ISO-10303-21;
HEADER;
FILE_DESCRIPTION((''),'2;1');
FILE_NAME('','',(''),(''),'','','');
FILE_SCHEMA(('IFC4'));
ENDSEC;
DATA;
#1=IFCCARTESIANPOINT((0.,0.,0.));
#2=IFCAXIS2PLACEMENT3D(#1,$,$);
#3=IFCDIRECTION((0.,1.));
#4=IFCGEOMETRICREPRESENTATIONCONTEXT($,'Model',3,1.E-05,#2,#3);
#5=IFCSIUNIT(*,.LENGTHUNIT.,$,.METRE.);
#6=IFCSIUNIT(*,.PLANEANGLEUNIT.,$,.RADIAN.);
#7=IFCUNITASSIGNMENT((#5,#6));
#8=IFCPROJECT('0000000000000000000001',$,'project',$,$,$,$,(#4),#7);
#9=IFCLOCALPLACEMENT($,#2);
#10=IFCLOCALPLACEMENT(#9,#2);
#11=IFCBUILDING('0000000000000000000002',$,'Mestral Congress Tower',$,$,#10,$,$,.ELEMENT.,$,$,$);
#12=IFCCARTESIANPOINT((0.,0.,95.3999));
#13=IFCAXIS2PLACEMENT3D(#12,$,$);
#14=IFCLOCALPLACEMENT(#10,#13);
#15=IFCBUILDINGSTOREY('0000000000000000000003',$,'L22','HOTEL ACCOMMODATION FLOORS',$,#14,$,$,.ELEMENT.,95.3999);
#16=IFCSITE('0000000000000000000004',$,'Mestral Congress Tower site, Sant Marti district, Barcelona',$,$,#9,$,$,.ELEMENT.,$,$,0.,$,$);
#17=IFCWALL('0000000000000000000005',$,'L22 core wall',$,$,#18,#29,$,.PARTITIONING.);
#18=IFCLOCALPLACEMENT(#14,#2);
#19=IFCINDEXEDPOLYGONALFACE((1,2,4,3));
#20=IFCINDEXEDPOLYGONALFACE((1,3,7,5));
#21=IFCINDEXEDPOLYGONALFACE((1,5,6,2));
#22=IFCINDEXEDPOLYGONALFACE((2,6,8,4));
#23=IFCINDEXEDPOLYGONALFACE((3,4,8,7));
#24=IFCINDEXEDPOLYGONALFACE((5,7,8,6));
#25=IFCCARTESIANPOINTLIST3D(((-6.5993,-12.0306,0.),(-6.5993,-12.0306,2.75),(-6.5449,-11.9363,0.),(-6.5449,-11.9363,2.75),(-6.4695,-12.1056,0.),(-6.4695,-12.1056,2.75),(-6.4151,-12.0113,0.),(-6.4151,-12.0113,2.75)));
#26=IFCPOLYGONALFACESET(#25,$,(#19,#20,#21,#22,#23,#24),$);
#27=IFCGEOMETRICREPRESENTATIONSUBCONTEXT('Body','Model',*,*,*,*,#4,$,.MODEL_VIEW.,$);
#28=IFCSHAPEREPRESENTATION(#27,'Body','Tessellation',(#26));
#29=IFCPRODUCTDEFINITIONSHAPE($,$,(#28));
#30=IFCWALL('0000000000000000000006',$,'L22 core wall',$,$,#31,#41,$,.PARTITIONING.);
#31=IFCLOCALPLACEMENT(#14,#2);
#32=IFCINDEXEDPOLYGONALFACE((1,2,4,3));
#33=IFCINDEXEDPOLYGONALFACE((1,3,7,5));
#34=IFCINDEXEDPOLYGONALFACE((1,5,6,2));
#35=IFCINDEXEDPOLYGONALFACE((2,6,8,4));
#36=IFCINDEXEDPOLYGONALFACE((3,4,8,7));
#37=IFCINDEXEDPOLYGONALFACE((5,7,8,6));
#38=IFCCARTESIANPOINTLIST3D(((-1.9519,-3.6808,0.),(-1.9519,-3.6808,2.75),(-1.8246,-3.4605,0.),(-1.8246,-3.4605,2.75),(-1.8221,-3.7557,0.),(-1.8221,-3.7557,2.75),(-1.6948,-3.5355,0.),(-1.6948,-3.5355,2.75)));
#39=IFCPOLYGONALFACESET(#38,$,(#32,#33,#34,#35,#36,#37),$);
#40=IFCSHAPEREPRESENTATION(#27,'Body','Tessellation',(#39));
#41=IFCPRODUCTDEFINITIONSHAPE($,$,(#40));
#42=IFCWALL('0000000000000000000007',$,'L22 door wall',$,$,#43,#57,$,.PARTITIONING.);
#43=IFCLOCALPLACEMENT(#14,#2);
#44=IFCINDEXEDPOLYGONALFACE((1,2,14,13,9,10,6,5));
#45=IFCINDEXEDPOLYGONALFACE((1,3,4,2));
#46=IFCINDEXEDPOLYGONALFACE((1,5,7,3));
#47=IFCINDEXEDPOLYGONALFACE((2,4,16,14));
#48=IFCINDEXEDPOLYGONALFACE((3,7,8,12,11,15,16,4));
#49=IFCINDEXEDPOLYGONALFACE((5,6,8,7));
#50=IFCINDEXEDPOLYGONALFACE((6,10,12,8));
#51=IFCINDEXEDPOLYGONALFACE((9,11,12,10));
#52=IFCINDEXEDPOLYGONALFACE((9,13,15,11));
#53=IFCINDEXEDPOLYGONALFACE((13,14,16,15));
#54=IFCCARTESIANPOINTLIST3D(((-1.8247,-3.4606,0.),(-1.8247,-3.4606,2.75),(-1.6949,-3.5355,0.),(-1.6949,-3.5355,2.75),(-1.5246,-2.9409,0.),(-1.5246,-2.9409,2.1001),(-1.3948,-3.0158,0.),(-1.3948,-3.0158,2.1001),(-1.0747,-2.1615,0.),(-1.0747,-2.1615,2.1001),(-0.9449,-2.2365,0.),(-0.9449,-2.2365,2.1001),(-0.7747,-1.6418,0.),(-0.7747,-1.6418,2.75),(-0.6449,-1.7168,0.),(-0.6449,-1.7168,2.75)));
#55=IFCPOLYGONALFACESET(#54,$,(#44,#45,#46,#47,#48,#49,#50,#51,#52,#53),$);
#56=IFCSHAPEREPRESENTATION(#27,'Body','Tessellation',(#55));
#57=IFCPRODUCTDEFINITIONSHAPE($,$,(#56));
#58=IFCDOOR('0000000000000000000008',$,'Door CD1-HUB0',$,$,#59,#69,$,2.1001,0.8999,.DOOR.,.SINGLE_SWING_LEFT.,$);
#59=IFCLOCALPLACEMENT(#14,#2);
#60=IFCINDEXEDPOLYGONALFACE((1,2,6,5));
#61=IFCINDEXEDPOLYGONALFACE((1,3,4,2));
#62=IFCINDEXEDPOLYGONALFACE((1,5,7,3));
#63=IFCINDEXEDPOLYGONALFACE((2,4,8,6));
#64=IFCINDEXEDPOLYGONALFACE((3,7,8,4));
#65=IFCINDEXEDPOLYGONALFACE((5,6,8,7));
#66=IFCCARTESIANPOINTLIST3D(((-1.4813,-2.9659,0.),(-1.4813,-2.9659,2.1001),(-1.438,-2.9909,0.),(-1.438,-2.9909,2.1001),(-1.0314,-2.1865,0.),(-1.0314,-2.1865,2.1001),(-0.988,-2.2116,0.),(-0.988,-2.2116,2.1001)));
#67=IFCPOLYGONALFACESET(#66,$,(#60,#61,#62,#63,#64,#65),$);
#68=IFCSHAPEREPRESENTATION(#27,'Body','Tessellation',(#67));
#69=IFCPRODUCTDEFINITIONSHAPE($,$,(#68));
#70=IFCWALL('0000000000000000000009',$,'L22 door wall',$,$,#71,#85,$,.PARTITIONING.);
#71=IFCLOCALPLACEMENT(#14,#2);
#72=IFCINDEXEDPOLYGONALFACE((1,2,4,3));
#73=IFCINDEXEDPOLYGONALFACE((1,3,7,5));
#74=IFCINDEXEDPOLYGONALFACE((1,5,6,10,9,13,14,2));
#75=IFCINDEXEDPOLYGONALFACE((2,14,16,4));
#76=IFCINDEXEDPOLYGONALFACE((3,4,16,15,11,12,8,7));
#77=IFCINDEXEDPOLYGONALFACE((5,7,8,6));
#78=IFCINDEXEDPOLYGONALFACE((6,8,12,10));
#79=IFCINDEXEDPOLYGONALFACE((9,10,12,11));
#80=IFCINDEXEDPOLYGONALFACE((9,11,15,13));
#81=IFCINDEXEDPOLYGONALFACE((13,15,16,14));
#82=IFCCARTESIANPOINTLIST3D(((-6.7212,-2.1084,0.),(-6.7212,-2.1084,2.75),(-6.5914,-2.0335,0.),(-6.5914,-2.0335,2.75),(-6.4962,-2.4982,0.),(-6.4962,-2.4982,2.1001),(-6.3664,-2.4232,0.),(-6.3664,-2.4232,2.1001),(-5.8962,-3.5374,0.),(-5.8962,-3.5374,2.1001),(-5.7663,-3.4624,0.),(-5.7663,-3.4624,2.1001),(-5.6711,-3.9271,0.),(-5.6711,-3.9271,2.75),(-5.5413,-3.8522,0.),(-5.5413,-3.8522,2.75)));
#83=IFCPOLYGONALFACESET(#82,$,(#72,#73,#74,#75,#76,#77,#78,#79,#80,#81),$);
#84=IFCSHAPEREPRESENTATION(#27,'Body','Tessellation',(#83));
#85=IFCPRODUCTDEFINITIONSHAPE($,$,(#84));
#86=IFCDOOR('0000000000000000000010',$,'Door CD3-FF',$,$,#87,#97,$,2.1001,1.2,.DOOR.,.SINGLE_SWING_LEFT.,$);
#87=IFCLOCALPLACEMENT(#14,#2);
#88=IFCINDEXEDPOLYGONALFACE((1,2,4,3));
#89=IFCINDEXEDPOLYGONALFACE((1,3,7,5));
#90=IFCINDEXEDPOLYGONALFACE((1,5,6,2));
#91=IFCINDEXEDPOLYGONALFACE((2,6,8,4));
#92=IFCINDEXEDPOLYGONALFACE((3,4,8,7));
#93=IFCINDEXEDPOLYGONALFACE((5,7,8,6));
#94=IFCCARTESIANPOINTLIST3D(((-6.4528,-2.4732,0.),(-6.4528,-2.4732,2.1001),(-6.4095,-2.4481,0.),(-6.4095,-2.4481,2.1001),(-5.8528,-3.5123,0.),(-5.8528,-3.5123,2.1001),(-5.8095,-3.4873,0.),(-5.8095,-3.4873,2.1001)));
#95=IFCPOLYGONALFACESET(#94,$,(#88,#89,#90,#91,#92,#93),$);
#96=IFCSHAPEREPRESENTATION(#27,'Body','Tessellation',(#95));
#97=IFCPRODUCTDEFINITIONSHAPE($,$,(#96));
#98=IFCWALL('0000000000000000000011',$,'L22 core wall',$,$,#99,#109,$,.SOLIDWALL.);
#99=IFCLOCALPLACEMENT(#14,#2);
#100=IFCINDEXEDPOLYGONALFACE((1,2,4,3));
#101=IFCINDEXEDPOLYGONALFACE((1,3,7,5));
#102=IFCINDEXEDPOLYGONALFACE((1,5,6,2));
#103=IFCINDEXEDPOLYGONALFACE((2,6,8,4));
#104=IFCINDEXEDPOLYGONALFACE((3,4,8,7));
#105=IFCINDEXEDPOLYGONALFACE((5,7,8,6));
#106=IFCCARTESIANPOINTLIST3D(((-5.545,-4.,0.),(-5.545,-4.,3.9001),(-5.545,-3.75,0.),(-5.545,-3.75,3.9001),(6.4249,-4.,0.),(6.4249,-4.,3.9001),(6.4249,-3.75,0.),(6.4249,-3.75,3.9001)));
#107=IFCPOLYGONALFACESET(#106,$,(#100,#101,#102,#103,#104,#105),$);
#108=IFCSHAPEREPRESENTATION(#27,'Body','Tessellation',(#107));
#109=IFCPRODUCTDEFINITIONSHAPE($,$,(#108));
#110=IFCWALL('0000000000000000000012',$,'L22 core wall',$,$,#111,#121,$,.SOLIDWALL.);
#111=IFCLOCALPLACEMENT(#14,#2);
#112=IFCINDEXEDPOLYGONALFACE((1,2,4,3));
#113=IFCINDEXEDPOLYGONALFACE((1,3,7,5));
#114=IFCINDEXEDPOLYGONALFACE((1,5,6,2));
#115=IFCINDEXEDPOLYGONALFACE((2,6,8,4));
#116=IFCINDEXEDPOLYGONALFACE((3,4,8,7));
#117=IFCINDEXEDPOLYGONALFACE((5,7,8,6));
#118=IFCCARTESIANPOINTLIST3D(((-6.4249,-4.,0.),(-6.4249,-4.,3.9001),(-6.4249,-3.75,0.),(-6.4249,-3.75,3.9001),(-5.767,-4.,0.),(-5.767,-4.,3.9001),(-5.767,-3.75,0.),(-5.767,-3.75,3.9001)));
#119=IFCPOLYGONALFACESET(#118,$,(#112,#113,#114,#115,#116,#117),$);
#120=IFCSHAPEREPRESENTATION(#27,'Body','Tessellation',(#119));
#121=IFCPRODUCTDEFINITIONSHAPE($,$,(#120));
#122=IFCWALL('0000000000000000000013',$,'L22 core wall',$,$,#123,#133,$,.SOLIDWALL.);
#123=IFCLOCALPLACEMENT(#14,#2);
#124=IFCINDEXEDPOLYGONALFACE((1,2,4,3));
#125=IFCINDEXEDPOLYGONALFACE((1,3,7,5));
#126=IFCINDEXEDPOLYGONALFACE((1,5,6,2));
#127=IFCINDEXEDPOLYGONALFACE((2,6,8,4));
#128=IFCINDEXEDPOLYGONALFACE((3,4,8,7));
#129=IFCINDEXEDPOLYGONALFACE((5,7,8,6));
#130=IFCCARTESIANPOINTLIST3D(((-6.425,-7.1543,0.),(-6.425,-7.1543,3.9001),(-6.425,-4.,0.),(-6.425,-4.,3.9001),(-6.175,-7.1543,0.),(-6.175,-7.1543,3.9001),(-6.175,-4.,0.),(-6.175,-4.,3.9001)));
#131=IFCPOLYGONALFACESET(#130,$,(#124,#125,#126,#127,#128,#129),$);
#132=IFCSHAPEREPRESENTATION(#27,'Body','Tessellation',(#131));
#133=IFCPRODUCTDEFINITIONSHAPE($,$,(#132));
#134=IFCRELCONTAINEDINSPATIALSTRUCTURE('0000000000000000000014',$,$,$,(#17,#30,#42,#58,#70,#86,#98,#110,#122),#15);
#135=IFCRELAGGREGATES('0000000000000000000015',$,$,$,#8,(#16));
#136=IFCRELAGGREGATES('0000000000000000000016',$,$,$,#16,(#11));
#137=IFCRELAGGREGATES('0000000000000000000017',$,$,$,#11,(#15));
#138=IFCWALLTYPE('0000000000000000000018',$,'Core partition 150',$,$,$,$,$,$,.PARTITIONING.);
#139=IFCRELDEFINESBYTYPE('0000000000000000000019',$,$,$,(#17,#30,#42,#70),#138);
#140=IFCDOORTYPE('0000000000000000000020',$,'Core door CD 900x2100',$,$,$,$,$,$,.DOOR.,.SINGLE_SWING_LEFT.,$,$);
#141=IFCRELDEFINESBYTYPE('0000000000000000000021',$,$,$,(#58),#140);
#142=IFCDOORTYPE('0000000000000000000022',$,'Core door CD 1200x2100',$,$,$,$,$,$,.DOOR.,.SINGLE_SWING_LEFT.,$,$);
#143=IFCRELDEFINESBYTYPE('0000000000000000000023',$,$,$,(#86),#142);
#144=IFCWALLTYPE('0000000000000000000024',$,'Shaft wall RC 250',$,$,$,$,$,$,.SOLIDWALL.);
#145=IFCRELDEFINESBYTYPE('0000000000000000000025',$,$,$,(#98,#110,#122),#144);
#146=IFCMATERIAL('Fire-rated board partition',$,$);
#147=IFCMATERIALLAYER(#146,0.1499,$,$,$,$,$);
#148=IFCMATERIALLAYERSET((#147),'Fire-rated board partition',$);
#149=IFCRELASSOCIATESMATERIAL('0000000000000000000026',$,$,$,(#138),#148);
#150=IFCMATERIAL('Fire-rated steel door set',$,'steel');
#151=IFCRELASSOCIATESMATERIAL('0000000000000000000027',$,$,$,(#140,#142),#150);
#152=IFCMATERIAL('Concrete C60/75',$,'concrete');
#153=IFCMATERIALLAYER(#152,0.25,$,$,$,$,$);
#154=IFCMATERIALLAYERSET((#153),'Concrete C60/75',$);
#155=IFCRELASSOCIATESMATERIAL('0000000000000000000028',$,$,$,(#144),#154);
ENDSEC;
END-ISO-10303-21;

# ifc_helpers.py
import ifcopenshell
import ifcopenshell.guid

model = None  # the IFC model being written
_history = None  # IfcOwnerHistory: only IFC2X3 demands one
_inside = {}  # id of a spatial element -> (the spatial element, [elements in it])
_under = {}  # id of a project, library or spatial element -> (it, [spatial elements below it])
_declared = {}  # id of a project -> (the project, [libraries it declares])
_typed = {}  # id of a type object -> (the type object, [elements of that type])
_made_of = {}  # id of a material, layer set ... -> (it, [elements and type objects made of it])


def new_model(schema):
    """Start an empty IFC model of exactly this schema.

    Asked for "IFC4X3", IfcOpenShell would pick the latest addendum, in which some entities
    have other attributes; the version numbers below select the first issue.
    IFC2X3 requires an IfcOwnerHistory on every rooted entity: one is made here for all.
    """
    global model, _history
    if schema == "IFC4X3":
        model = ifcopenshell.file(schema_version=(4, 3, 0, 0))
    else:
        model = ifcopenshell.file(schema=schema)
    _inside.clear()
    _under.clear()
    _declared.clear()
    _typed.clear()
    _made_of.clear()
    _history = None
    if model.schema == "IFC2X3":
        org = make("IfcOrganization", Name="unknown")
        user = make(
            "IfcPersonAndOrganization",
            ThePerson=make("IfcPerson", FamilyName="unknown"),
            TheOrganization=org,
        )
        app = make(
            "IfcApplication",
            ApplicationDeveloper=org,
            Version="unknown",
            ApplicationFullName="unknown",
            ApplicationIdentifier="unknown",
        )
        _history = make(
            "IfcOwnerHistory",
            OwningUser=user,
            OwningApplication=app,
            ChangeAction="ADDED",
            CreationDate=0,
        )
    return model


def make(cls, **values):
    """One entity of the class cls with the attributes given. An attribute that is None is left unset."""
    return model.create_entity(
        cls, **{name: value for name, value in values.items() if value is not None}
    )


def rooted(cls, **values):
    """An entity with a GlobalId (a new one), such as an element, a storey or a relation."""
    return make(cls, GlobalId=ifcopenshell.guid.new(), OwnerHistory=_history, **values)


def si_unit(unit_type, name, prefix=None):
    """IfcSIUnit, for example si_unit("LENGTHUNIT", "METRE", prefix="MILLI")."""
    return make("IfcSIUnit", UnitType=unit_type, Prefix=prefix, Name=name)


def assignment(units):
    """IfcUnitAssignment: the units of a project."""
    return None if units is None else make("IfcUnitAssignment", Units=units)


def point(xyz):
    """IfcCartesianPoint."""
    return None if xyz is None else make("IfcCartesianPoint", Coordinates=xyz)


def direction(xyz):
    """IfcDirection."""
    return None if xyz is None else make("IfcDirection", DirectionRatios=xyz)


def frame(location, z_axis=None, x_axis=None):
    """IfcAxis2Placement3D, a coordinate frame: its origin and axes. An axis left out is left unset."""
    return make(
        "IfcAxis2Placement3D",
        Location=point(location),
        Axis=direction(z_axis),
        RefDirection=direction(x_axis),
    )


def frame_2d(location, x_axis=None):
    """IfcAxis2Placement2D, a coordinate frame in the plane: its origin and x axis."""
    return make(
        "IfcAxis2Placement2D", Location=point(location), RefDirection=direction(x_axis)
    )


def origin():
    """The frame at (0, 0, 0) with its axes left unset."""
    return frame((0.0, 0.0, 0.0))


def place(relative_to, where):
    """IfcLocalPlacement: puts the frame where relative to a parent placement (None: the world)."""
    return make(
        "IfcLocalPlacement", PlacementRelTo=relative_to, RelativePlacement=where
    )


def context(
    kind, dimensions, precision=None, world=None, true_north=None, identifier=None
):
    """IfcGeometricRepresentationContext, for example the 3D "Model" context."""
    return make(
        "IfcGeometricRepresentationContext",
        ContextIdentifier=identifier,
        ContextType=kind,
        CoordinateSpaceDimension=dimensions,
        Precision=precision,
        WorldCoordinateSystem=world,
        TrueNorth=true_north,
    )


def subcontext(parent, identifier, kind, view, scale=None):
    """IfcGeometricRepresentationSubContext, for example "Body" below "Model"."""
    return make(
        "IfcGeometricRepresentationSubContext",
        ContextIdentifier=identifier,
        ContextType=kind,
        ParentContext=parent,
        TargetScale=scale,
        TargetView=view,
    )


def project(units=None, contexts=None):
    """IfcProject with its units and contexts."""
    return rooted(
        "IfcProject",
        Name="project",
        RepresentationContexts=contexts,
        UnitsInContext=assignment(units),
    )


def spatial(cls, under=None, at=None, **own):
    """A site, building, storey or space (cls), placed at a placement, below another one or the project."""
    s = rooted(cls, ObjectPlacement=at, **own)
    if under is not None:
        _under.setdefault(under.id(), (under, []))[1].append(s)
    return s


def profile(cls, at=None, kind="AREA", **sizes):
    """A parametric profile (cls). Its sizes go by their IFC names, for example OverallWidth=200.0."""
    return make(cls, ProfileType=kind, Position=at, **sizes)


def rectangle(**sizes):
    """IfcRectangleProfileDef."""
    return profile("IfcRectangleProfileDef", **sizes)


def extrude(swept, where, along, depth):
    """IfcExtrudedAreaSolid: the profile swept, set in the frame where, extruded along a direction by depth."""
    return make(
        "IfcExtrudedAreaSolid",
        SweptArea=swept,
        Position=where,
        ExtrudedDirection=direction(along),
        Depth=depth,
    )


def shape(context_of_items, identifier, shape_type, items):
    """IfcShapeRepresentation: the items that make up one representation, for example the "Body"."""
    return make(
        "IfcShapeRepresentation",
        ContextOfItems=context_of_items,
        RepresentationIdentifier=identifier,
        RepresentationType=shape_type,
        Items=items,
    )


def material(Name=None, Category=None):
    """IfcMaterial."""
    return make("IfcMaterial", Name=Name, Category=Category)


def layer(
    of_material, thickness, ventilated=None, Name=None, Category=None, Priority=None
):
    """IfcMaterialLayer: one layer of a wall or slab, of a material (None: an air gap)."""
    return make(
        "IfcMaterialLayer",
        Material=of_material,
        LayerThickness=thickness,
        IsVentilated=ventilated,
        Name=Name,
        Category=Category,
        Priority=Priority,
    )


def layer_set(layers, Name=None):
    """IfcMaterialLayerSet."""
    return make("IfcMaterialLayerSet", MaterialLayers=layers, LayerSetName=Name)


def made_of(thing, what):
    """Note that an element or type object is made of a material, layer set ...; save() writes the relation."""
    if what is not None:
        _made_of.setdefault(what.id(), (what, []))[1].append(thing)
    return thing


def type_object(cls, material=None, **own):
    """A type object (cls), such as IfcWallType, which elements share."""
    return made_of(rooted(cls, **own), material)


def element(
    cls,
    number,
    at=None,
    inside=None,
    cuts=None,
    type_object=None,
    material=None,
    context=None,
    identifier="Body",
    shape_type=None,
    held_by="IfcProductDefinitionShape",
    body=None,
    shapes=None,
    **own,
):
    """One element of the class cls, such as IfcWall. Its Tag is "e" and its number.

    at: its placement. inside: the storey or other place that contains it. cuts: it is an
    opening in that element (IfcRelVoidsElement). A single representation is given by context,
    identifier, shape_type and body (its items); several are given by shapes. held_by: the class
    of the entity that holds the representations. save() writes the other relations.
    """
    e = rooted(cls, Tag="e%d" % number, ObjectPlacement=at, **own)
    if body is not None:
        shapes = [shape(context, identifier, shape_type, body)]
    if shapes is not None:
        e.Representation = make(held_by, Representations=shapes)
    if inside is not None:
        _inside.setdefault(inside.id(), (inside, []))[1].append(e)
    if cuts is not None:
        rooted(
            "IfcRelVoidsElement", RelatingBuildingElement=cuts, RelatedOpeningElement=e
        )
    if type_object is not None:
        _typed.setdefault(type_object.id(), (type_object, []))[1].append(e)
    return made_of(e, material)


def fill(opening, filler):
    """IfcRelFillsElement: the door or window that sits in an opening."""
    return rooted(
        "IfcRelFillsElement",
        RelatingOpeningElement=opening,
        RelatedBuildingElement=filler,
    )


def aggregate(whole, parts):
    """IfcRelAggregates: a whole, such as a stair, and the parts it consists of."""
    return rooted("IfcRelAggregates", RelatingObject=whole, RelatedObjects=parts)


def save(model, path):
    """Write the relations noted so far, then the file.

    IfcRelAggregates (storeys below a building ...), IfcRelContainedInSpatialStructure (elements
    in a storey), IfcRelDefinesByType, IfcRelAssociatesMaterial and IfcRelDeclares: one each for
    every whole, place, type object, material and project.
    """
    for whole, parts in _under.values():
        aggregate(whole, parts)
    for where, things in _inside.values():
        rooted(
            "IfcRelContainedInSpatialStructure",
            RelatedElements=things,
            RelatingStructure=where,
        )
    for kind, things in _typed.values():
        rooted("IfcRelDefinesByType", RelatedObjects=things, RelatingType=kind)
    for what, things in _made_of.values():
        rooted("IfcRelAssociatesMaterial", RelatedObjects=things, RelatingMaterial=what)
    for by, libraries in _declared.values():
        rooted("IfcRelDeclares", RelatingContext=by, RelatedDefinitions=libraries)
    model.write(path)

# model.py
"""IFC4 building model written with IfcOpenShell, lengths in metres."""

from ifc_helpers import new_model, si_unit, direction, frame, frame_2d, origin, place, context, subcontext, project, spatial, rectangle, extrude, material, layer, layer_set, type_object, element, fill, save


model = new_model("IFC4")

# Units and contexts
model_context = context("Model", 3, precision=1e-05, world=origin(), true_north=direction((0.0, 1.0)))
body_context = subcontext(model_context, "Body", "Model", "MODEL_VIEW")
ifc_project = project(units=[si_unit("LENGTHUNIT", "METRE"), si_unit("PLANEANGLEUNIT", "RADIAN")], contexts=[model_context])

# Site, building, storey
site_placement = place(None, origin())
site = spatial("IfcSite", under=ifc_project, at=site_placement, Name="Mestral Congress Tower site, Sant Marti district, Barcelona", CompositionType="ELEMENT", RefElevation=0.0)
building_placement = place(site_placement, origin())
building = spatial("IfcBuilding", under=site, at=building_placement, Name="Mestral Congress Tower", CompositionType="ELEMENT")
storey_placement = place(building_placement, frame((0.0, 0.0, 95.3999)))
storey = spatial("IfcBuildingStorey", under=building, at=storey_placement, Name="L22", Description="HOTEL ACCOMMODATION FLOORS", CompositionType="ELEMENT", Elevation=95.3999)

# Walls
ifc_material_1 = material(Name="Fire-rated board partition")
ifc_layer_1 = layer(ifc_material_1, 0.1499)
ifc_layer_set_1 = layer_set([ifc_layer_1], Name="Fire-rated board partition")
wall_type_1 = type_object("IfcWallType", Name="Core partition 150", PredefinedType="PARTITIONING", material=ifc_layer_set_1)
wall_1_placement = place(storey_placement, frame((-6.5344, -12.0681, 0.0), z_axis=(0.0, 0.0, 1.0), x_axis=(0.50024, 0.865887, 0.0)))
element("IfcWall", 1, at=wall_1_placement, inside=storey, type_object=wall_type_1, Name="L22 core wall", PredefinedType="PARTITIONING", context=body_context, shape_type="SweptSolid", body=[
    extrude(rectangle(XDim=0.1089, YDim=0.1499, at=frame_2d((0.0544, 0.0))), origin(), (0.0, 0.0, 1.0), 2.75),
])
wall_2_placement = place(storey_placement, frame((-1.887, -3.7183, 0.0), z_axis=(0.0, 0.0, 1.0), x_axis=(0.500166, 0.86593, 0.0)))
element("IfcWall", 2, at=wall_2_placement, inside=storey, type_object=wall_type_1, Name="L22 core wall", PredefinedType="PARTITIONING", context=body_context, shape_type="SweptSolid", body=[
    extrude(rectangle(XDim=0.2544, YDim=0.1499, at=frame_2d((0.1272, 0.0))), origin(), (0.0, 0.0, 1.0), 2.75),
])

# Walls, openings, doors
wall_3_placement = place(storey_placement, frame((-1.7598, -3.498, 0.0), z_axis=(0.0, 0.0, 1.0), x_axis=(0.499977, 0.866038, 0.0)))
wall_3 = element("IfcWall", 3, at=wall_3_placement, inside=storey, type_object=wall_type_1, Name="L22 door wall", PredefinedType="PARTITIONING", context=body_context, shape_type="SweptSolid", body=[
    extrude(rectangle(XDim=2.1001, YDim=0.1499, at=frame_2d((1.05, 0.0))), origin(), (0.0, 0.0, 1.0), 2.75),
])
opening_1_placement = place(wall_3_placement, frame((0.6001, 0.0, 0.0)))
opening_1 = element("IfcOpeningElement", 4, at=opening_1_placement, cuts=wall_3, PredefinedType="OPENING", context=body_context, shape_type="SweptSolid", body=[
    extrude(rectangle(XDim=0.8999, YDim=2.1001, at=frame_2d((0.45, 1.05))), frame((0.0, 0.085, 0.0), z_axis=(0.0, -1.0, 0.0), x_axis=(1.0, 0.0, 0.0)), (0.0, 0.0, 1.0), 0.1699),
])
ifc_material_2 = material(Name="Fire-rated steel door set", Category="steel")
door_type_1 = type_object("IfcDoorType", Name="Core door CD 900x2100", OperationType="SINGLE_SWING_LEFT", PredefinedType="DOOR", material=ifc_material_2)
door_1_placement = place(opening_1_placement, origin())
door_1 = element("IfcDoor", 5, at=door_1_placement, inside=storey, type_object=door_type_1, Name="Door CD1-HUB0", OperationType="SINGLE_SWING_LEFT", OverallHeight=2.1001, OverallWidth=0.8999, PredefinedType="DOOR", context=body_context, shape_type="SweptSolid", body=[
    extrude(rectangle(XDim=0.8999, YDim=2.1001, at=frame_2d((0.45, 1.05))), frame((0.0, 0.0249, 0.0), z_axis=(0.0, -1.0, 0.0), x_axis=(1.0, 0.0, 0.0)), (0.0, 0.0, 1.0), 0.05),
])
fill(opening_1, door_1)
wall_4_placement = place(storey_placement, frame((-5.6062, -3.8896, 0.0), z_axis=(0.0, 0.0, 1.0), x_axis=(-0.500028, 0.866009, 0.0)))
wall_4 = element("IfcWall", 6, at=wall_4_placement, inside=storey, type_object=wall_type_1, Name="L22 door wall", PredefinedType="PARTITIONING", context=body_context, shape_type="SweptSolid", body=[
    extrude(rectangle(XDim=2.1001, YDim=0.1499, at=frame_2d((1.05, 0.0))), origin(), (0.0, 0.0, 1.0), 2.75),
])
opening_2_placement = place(wall_4_placement, frame((0.45, 0.0, 0.0)))
opening_2 = element("IfcOpeningElement", 7, at=opening_2_placement, cuts=wall_4, PredefinedType="OPENING", context=body_context, shape_type="SweptSolid", body=[
    extrude(rectangle(XDim=1.2, YDim=2.1001, at=frame_2d((0.6001, 1.05))), frame((0.0, 0.085, 0.0), z_axis=(0.0, -1.0, 0.0), x_axis=(1.0, 0.0, 0.0)), (0.0, 0.0, 1.0), 0.1699),
])
door_type_2 = type_object("IfcDoorType", Name="Core door CD 1200x2100", OperationType="SINGLE_SWING_LEFT", PredefinedType="DOOR", material=ifc_material_2)
door_2_placement = place(opening_2_placement, origin())
door_2 = element("IfcDoor", 8, at=door_2_placement, inside=storey, type_object=door_type_2, Name="Door CD3-FF", OperationType="SINGLE_SWING_LEFT", OverallHeight=2.1001, OverallWidth=1.2, PredefinedType="DOOR", context=body_context, shape_type="SweptSolid", body=[
    extrude(rectangle(XDim=1.2, YDim=2.1001, at=frame_2d((0.6001, 1.05))), frame((0.0, 0.0249, 0.0), z_axis=(0.0, -1.0, 0.0), x_axis=(1.0, 0.0, 0.0)), (0.0, 0.0, 1.0), 0.05),
])
fill(opening_2, door_2)

# Walls
ifc_material_3 = material(Name="Concrete C60/75", Category="concrete")
ifc_layer_2 = layer(ifc_material_3, 0.25)
ifc_layer_set_2 = layer_set([ifc_layer_2], Name="Concrete C60/75")
wall_type_2 = type_object("IfcWallType", Name="Shaft wall RC 250", PredefinedType="SOLIDWALL", material=ifc_layer_set_2)
wall_5_placement = place(storey_placement, frame((-5.5449, -3.875, 0.0), z_axis=(0.0, 0.0, 1.0), x_axis=(1.0, 0.0, 0.0)))
element("IfcWall", 9, at=wall_5_placement, inside=storey, type_object=wall_type_2, Name="L22 core wall", PredefinedType="SOLIDWALL", context=body_context, shape_type="SweptSolid", body=[
    extrude(rectangle(XDim=11.97, YDim=0.25, at=frame_2d((5.9849, 0.0))), origin(), (0.0, 0.0, 1.0), 3.9001),
])
wall_6_placement = place(storey_placement, frame((-6.425, -3.875, 0.0), z_axis=(0.0, 0.0, 1.0), x_axis=(1.0, 0.0, 0.0)))
element("IfcWall", 10, at=wall_6_placement, inside=storey, type_object=wall_type_2, Name="L22 core wall", PredefinedType="SOLIDWALL", context=body_context, shape_type="SweptSolid", body=[
    extrude(rectangle(XDim=0.658, YDim=0.25, at=frame_2d((0.3291, 0.0))), origin(), (0.0, 0.0, 1.0), 3.9001),
])
wall_7_placement = place(storey_placement, frame((-6.3, -4.0, 0.0), z_axis=(0.0, 0.0, 1.0), x_axis=(0.0, -1.0, 0.0)))
element("IfcWall", 11, at=wall_7_placement, inside=storey, type_object=wall_type_2, Name="L22 core wall", PredefinedType="SOLIDWALL", context=body_context, shape_type="SweptSolid", body=[
    extrude(rectangle(XDim=3.1543, YDim=0.25, at=frame_2d((1.5771, 0.0))), origin(), (0.0, 0.0, 1.0), 3.9001),
])

save(model, "model.ifc")
